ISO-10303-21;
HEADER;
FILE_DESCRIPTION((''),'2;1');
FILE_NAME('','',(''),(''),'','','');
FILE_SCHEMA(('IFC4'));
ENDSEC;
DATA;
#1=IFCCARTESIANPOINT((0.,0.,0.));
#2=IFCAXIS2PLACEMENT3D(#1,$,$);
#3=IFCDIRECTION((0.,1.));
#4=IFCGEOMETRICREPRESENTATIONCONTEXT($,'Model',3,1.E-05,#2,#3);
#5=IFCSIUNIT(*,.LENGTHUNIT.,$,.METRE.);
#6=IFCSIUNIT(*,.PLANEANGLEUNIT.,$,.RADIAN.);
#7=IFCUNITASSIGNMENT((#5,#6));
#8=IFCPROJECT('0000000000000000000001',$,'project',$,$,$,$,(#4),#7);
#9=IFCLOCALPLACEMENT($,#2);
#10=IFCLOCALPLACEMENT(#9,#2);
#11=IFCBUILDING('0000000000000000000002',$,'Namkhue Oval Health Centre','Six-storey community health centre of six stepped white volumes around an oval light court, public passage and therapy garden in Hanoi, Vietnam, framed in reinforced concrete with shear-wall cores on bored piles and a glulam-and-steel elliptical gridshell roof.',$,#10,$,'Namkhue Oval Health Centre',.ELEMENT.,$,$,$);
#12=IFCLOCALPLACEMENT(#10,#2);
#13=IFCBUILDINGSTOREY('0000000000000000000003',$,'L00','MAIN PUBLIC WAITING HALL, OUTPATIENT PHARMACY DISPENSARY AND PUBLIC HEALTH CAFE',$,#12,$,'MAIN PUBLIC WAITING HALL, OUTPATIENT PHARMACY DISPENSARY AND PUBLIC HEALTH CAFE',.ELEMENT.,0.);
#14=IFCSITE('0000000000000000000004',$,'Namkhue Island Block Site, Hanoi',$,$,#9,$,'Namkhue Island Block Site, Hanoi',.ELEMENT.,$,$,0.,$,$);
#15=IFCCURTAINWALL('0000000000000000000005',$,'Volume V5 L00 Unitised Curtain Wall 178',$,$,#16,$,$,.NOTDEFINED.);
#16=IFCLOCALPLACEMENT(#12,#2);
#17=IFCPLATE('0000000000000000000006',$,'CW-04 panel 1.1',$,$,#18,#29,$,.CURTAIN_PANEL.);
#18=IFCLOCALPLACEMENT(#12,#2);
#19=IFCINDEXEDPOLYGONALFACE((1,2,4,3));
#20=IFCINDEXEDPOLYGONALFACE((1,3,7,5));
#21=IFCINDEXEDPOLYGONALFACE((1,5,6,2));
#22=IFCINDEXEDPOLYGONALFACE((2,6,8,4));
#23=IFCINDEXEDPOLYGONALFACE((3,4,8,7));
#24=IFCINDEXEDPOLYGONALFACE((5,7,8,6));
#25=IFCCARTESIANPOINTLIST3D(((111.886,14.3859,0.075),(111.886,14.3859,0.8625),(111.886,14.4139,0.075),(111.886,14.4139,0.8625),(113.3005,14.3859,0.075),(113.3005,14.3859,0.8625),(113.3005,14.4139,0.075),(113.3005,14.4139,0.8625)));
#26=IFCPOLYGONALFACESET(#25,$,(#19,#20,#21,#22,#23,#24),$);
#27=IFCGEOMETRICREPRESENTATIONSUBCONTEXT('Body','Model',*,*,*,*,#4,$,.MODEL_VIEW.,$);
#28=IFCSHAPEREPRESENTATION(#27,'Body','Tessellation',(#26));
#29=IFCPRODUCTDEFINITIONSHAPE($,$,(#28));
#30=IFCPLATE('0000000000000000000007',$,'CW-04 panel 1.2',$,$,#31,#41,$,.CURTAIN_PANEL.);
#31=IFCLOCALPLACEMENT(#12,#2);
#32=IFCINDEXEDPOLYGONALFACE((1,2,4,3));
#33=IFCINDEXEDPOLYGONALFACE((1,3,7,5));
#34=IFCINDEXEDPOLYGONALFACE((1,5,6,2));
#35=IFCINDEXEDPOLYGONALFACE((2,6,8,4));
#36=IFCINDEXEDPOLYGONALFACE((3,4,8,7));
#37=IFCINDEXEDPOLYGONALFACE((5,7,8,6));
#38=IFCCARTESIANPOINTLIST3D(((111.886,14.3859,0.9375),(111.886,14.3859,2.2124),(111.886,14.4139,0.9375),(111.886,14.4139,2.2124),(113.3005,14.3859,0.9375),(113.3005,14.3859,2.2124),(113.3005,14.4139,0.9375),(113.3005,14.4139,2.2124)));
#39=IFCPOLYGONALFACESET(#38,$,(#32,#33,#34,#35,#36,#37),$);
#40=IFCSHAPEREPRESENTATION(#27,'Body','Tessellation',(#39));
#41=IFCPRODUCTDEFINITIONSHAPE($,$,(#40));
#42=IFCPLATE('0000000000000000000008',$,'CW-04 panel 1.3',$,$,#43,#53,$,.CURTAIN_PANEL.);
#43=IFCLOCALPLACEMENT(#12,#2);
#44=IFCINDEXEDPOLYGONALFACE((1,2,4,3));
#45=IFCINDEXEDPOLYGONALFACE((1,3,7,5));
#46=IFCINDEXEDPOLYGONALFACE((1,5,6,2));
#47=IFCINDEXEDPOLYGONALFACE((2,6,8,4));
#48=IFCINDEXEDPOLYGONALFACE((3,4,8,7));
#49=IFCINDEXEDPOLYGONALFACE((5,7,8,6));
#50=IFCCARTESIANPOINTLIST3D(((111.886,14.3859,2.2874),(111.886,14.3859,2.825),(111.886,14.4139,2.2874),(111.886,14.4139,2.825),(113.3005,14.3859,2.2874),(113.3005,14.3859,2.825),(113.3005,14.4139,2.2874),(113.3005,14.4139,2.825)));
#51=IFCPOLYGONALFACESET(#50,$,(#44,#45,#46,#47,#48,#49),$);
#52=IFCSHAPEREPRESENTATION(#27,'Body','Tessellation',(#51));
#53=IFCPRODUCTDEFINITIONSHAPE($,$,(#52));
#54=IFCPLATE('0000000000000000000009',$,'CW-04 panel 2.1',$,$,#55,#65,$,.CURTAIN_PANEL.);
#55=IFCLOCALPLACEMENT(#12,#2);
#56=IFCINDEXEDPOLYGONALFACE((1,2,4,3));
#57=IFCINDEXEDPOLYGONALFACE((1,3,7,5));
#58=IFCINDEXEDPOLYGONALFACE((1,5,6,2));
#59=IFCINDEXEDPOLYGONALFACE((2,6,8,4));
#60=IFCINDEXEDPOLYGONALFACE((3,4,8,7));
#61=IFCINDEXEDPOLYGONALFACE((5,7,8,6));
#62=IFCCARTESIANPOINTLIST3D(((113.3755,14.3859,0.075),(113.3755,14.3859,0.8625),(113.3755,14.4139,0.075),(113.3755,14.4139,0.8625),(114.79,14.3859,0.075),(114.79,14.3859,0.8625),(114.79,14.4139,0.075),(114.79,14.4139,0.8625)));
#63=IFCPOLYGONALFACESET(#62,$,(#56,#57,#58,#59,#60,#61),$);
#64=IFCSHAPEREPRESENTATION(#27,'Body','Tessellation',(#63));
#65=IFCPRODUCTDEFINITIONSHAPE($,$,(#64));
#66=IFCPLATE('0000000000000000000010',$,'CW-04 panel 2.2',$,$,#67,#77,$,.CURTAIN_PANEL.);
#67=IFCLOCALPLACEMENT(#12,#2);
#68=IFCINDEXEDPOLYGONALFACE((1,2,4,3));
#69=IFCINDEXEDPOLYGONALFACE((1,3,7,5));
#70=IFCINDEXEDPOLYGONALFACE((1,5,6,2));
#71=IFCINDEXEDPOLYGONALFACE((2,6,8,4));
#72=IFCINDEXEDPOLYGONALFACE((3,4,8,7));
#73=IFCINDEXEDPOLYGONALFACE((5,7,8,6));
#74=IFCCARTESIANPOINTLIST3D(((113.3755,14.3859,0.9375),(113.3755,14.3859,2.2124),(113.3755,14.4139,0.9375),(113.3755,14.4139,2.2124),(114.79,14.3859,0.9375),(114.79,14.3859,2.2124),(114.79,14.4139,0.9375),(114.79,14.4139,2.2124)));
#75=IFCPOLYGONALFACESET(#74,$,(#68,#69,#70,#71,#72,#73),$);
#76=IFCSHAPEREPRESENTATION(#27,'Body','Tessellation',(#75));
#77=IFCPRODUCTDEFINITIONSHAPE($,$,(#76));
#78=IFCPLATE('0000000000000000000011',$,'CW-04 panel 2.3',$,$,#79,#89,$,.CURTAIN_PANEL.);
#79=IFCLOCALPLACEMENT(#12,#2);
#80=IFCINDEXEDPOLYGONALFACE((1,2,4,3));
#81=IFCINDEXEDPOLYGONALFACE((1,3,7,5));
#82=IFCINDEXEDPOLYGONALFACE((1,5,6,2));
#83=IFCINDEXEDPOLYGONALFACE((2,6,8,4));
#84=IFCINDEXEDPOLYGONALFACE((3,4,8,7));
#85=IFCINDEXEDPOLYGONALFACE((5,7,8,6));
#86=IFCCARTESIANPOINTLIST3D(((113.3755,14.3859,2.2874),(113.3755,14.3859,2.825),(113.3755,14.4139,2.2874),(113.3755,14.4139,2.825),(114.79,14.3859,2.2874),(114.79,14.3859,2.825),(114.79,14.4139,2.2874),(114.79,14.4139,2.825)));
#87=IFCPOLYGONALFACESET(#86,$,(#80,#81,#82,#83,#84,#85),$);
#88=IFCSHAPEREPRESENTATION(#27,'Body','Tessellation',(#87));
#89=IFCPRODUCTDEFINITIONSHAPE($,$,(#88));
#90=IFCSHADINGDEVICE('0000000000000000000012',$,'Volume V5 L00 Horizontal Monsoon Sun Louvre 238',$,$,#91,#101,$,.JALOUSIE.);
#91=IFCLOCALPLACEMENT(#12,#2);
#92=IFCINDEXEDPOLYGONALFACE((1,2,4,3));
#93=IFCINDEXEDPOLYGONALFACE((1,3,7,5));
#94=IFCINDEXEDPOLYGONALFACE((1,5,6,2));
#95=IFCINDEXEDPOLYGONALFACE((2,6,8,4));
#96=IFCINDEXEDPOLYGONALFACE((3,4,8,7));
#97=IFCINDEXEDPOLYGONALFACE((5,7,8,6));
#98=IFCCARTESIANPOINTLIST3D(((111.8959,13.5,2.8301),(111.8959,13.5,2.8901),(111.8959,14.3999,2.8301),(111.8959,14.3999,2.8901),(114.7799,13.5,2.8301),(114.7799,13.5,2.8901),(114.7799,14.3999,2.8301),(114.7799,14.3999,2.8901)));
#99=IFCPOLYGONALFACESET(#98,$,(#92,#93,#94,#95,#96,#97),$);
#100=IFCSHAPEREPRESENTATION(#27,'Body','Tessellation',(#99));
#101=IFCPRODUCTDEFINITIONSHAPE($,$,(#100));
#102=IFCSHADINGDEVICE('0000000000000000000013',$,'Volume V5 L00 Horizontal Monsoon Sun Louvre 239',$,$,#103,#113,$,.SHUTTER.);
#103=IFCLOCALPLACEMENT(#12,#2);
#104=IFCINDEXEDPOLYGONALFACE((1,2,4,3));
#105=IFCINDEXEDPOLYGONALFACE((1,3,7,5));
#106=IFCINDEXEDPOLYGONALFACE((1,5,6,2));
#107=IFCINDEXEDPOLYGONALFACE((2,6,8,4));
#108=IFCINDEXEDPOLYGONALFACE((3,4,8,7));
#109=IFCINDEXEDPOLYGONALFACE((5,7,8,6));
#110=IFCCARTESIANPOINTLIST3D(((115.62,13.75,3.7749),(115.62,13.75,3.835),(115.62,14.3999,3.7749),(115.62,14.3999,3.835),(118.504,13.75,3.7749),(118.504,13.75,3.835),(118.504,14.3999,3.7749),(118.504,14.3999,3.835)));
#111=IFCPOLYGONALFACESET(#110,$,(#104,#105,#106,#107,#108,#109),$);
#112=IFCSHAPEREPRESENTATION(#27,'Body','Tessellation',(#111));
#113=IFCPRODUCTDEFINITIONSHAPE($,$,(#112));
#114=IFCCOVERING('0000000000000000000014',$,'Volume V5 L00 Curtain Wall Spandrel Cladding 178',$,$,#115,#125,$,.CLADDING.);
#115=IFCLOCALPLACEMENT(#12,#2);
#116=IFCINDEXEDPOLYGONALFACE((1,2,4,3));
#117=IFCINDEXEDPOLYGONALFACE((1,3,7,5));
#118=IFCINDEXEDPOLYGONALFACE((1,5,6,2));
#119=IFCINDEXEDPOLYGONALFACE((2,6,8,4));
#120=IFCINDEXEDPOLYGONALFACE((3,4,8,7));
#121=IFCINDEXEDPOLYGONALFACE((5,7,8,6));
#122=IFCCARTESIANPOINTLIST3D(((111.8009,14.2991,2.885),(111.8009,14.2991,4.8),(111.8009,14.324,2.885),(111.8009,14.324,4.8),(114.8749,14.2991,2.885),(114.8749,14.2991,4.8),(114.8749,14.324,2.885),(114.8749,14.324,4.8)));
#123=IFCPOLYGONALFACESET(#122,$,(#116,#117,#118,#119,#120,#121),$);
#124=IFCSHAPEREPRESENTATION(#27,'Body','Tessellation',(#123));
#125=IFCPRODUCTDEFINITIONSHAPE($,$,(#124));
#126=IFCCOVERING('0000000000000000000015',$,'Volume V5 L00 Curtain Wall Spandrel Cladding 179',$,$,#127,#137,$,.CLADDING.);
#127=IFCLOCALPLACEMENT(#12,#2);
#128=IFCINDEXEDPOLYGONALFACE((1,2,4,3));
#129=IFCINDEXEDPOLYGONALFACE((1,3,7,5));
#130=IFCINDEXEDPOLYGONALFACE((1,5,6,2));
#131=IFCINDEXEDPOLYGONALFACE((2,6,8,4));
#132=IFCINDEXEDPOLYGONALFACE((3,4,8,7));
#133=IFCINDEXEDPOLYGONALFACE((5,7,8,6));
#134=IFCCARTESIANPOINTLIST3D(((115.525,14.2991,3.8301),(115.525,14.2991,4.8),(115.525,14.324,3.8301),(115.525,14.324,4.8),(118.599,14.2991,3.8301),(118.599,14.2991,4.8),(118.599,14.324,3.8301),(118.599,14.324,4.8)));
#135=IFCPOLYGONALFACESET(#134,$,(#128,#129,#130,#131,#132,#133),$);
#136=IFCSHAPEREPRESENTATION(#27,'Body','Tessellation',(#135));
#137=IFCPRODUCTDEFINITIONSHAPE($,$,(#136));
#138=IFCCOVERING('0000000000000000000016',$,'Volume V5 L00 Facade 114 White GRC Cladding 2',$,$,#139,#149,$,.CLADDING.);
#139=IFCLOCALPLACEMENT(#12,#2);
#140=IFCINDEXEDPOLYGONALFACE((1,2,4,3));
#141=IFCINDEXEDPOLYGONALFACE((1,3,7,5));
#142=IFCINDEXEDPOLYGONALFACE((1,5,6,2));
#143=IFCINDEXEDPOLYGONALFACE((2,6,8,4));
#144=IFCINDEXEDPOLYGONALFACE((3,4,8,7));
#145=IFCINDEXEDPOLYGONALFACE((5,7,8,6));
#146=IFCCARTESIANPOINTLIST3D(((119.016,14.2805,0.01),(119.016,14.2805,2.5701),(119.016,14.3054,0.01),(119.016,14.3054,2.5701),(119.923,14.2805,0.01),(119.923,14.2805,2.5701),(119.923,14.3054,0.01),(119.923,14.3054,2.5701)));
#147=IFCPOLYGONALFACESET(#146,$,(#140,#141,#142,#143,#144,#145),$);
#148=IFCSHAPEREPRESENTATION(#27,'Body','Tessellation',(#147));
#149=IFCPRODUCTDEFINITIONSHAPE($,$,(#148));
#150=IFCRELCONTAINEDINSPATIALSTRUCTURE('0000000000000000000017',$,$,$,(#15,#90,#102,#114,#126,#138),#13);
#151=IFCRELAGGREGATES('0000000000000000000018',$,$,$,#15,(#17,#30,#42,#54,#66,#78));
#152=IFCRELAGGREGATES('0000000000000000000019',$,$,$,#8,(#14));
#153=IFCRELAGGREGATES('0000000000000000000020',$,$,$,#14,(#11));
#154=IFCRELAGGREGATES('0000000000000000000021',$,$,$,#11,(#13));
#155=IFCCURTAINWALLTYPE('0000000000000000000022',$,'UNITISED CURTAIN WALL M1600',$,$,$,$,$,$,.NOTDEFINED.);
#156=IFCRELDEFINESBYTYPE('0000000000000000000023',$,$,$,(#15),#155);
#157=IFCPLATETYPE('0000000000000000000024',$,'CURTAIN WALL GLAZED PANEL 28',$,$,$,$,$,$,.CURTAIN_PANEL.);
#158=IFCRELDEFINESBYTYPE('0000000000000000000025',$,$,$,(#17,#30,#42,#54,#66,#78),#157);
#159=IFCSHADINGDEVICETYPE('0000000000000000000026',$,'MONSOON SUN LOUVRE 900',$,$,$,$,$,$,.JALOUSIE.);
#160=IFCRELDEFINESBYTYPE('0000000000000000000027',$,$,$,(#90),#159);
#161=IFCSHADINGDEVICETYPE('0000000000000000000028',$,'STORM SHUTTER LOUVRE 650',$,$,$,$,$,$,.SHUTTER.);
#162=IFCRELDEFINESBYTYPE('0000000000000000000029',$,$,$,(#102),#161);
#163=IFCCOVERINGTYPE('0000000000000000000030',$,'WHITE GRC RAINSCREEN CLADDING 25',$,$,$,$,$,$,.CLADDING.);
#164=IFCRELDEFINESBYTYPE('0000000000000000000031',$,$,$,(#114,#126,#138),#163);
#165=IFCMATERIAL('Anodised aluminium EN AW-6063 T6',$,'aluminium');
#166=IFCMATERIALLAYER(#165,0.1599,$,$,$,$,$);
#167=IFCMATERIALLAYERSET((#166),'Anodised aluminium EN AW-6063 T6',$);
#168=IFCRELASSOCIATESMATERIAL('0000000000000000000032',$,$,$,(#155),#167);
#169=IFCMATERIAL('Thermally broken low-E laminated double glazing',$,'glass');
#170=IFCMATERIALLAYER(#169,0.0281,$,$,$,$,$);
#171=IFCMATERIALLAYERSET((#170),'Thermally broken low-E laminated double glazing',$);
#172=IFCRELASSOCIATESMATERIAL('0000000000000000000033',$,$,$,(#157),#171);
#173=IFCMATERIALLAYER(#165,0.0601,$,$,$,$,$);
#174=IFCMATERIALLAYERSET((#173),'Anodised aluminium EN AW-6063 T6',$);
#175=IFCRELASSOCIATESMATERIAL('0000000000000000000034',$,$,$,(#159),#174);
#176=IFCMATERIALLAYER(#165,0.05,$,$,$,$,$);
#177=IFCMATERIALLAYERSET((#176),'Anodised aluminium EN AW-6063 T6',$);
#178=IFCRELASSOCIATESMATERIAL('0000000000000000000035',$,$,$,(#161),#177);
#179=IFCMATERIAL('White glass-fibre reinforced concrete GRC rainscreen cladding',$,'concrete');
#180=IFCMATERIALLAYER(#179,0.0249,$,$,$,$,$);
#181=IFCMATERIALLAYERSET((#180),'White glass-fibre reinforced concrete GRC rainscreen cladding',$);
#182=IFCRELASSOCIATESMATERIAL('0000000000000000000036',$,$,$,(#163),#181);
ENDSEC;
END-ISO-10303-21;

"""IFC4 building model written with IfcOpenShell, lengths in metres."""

from ifc_helpers import new_model, si_unit, direction, frame, origin, origin_2d, place, context, subcontext, project, spatial, rectangle, extrude, material, layer, layer_set, type_object, element, aggregate, save


model = new_model("IFC4")

# Units and contexts
model_context = context("Model", 3, precision=1e-05, world=origin(), true_north=direction((0.0, 1.0)))
body_context = subcontext(model_context, "Body", "Model", "MODEL_VIEW")
ifc_project = project(units=[si_unit("LENGTHUNIT", "METRE"), si_unit("PLANEANGLEUNIT", "RADIAN")], contexts=[model_context])

# Site, building, storey
site_placement = place(None, origin())
site = spatial("IfcSite", under=ifc_project, at=site_placement, Name="Namkhue Island Block Site, Hanoi", LongName="Namkhue Island Block Site, Hanoi", CompositionType="ELEMENT", RefElevation=0.0)
building_placement = place(site_placement, origin())
building = spatial("IfcBuilding", under=site, at=building_placement, Name="Namkhue Oval Health Centre", Description="Six-storey community health centre of six stepped white volumes around an oval light court, public passage and therapy garden in Hanoi, Vietnam, framed in reinforced concrete with shear-wall cores on bored piles and a glulam-and-steel elliptical gridshell roof.", LongName="Namkhue Oval Health Centre", CompositionType="ELEMENT")
storey_placement = place(building_placement, origin())
storey = spatial("IfcBuildingStorey", under=building, at=storey_placement, Name="L00", Description="MAIN PUBLIC WAITING HALL, OUTPATIENT PHARMACY DISPENSARY AND PUBLIC HEALTH CAFE", LongName="MAIN PUBLIC WAITING HALL, OUTPATIENT PHARMACY DISPENSARY AND PUBLIC HEALTH CAFE", CompositionType="ELEMENT", Elevation=0.0)

# Curtain wall, plates
ifc_material_1 = material(Name="Anodised aluminium EN AW-6063 T6", Category="aluminium")
ifc_layer_1 = layer(ifc_material_1, 0.1599)
ifc_layer_set_1 = layer_set([ifc_layer_1], Name="Anodised aluminium EN AW-6063 T6")
curtain_wall_type = type_object("IfcCurtainWallType", Name="UNITISED CURTAIN WALL M1600", PredefinedType="NOTDEFINED", material=ifc_layer_set_1)
curtain_wall_placement = place(storey_placement, origin())
curtain_wall = element("IfcCurtainWall", 1, at=curtain_wall_placement, inside=storey, type_object=curtain_wall_type, Name="Volume V5 L00 Unitised Curtain Wall 178", PredefinedType="NOTDEFINED")
ifc_material_2 = material(Name="Thermally broken low-E laminated double glazing", Category="glass")
ifc_layer_2 = layer(ifc_material_2, 0.0281)
ifc_layer_set_2 = layer_set([ifc_layer_2], Name="Thermally broken low-E laminated double glazing")
plate_type = type_object("IfcPlateType", Name="CURTAIN WALL GLAZED PANEL 28", PredefinedType="CURTAIN_PANEL", material=ifc_layer_set_2)
plate_1_placement = place(storey_placement, frame((112.5933, 14.3999, 0.075), z_axis=(0.0, 0.0, 1.0), x_axis=(1.0, 0.0, 0.0)))
plate_1 = element("IfcPlate", 2, at=plate_1_placement, type_object=plate_type, Name="CW-04 panel 1.1", PredefinedType="CURTAIN_PANEL", context=body_context, shape_type="SweptSolid", body=[
    extrude(rectangle(XDim=1.4146, YDim=0.0281, at=origin_2d()), origin(), (0.0, 0.0, 1.0), 0.7876),
])
plate_2_placement = place(storey_placement, frame((112.5933, 14.3999, 0.9375), z_axis=(0.0, 0.0, 1.0), x_axis=(1.0, 0.0, 0.0)))
plate_2 = element("IfcPlate", 3, at=plate_2_placement, type_object=plate_type, Name="CW-04 panel 1.2", PredefinedType="CURTAIN_PANEL", context=body_context, shape_type="SweptSolid", body=[
    extrude(rectangle(XDim=1.4146, YDim=0.0281, at=origin_2d()), origin(), (0.0, 0.0, 1.0), 1.2749),
])
plate_3_placement = place(storey_placement, frame((112.5933, 14.3999, 2.2874), z_axis=(0.0, 0.0, 1.0), x_axis=(1.0, 0.0, 0.0)))
plate_3 = element("IfcPlate", 4, at=plate_3_placement, type_object=plate_type, Name="CW-04 panel 1.3", PredefinedType="CURTAIN_PANEL", context=body_context, shape_type="SweptSolid", body=[
    extrude(rectangle(XDim=1.4146, YDim=0.0281, at=origin_2d()), origin(), (0.0, 0.0, 1.0), 0.5376),
])
plate_4_placement = place(storey_placement, frame((114.0828, 14.3999, 0.075), z_axis=(0.0, 0.0, 1.0), x_axis=(1.0, 0.0, 0.0)))
plate_4 = element("IfcPlate", 5, at=plate_4_placement, type_object=plate_type, Name="CW-04 panel 2.1", PredefinedType="CURTAIN_PANEL", context=body_context, shape_type="SweptSolid", body=[
    extrude(rectangle(XDim=1.4146, YDim=0.0281, at=origin_2d()), origin(), (0.0, 0.0, 1.0), 0.7876),
])
plate_5_placement = place(storey_placement, frame((114.0828, 14.3999, 0.9375), z_axis=(0.0, 0.0, 1.0), x_axis=(1.0, 0.0, 0.0)))
plate_5 = element("IfcPlate", 6, at=plate_5_placement, type_object=plate_type, Name="CW-04 panel 2.2", PredefinedType="CURTAIN_PANEL", context=body_context, shape_type="SweptSolid", body=[
    extrude(rectangle(XDim=1.4146, YDim=0.0281, at=origin_2d()), origin(), (0.0, 0.0, 1.0), 1.2749),
])
plate_6_placement = place(storey_placement, frame((114.0828, 14.3999, 2.2874), z_axis=(0.0, 0.0, 1.0), x_axis=(1.0, 0.0, 0.0)))
plate_6 = element("IfcPlate", 7, at=plate_6_placement, type_object=plate_type, Name="CW-04 panel 2.3", PredefinedType="CURTAIN_PANEL", context=body_context, shape_type="SweptSolid", body=[
    extrude(rectangle(XDim=1.4146, YDim=0.0281, at=origin_2d()), origin(), (0.0, 0.0, 1.0), 0.5376),
])
aggregate(curtain_wall, [plate_1, plate_2, plate_3, plate_4, plate_5, plate_6])

# Shading devices
ifc_layer_3 = layer(ifc_material_1, 0.0601)
ifc_layer_set_3 = layer_set([ifc_layer_3], Name="Anodised aluminium EN AW-6063 T6")
shading_device_type_1 = type_object("IfcShadingDeviceType", Name="MONSOON SUN LOUVRE 900", PredefinedType="JALOUSIE", material=ifc_layer_set_3)
shading_device_1_placement = place(storey_placement, frame((113.3379, 13.95, 2.8301), z_axis=(0.0, 0.0, 1.0), x_axis=(1.0, 0.0, 0.0)))
element("IfcShadingDevice", 8, at=shading_device_1_placement, inside=storey, type_object=shading_device_type_1, Name="Volume V5 L00 Horizontal Monsoon Sun Louvre 238", PredefinedType="JALOUSIE", context=body_context, shape_type="SweptSolid", body=[
    extrude(rectangle(XDim=2.884, YDim=0.8999, at=origin_2d()), origin(), (0.0, 0.0, 1.0), 0.0601),
])
ifc_layer_4 = layer(ifc_material_1, 0.05)
ifc_layer_set_4 = layer_set([ifc_layer_4], Name="Anodised aluminium EN AW-6063 T6")
shading_device_type_2 = type_object("IfcShadingDeviceType", Name="STORM SHUTTER LOUVRE 650", PredefinedType="SHUTTER", material=ifc_layer_set_4)
shading_device_2_placement = place(storey_placement, frame((117.062, 14.075, 3.7749), z_axis=(0.0, 0.0, 1.0), x_axis=(1.0, 0.0, 0.0)))
element("IfcShadingDevice", 9, at=shading_device_2_placement, inside=storey, type_object=shading_device_type_2, Name="Volume V5 L00 Horizontal Monsoon Sun Louvre 239", PredefinedType="SHUTTER", context=body_context, shape_type="SweptSolid", body=[
    extrude(rectangle(XDim=2.884, YDim=0.6499, at=origin_2d()), origin(), (0.0, 0.0, 1.0), 0.0601),
])

# Coverings
ifc_material_3 = material(Name="White glass-fibre reinforced concrete GRC rainscreen cladding", Category="concrete")
ifc_layer_5 = layer(ifc_material_3, 0.0249)
ifc_layer_set_5 = layer_set([ifc_layer_5], Name="White glass-fibre reinforced concrete GRC rainscreen cladding")
covering_type = type_object("IfcCoveringType", Name="WHITE GRC RAINSCREEN CLADDING 25", PredefinedType="CLADDING", material=ifc_layer_set_5)
covering_1_placement = place(storey_placement, frame((113.3379, 14.3115, 2.885), z_axis=(0.0, 0.0, 1.0), x_axis=(1.0, 0.0, 0.0)))
element("IfcCovering", 10, at=covering_1_placement, inside=storey, type_object=covering_type, Name="Volume V5 L00 Curtain Wall Spandrel Cladding 178", PredefinedType="CLADDING", context=body_context, shape_type="SweptSolid", body=[
    extrude(rectangle(XDim=3.074, YDim=0.0249, at=origin_2d()), origin(), (0.0, 0.0, 1.0), 1.915),
])
covering_2_placement = place(storey_placement, frame((117.062, 14.3115, 3.8301), z_axis=(0.0, 0.0, 1.0), x_axis=(1.0, 0.0, 0.0)))
element("IfcCovering", 11, at=covering_2_placement, inside=storey, type_object=covering_type, Name="Volume V5 L00 Curtain Wall Spandrel Cladding 179", PredefinedType="CLADDING", context=body_context, shape_type="SweptSolid", body=[
    extrude(rectangle(XDim=3.074, YDim=0.0249, at=origin_2d()), origin(), (0.0, 0.0, 1.0), 0.97),
])
covering_3_placement = place(storey_placement, frame((119.4695, 14.293, 0.01), z_axis=(0.0, 0.0, 1.0), x_axis=(1.0, 0.0, 0.0)))
element("IfcCovering", 12, at=covering_3_placement, inside=storey, type_object=covering_type, Name="Volume V5 L00 Facade 114 White GRC Cladding 2", PredefinedType="CLADDING", context=body_context, shape_type="SweptSolid", body=[
    extrude(rectangle(XDim=0.907, YDim=0.0249, at=origin_2d()), origin(), (0.0, 0.0, 1.0), 2.5601),
])

save(model, "model.ifc")
